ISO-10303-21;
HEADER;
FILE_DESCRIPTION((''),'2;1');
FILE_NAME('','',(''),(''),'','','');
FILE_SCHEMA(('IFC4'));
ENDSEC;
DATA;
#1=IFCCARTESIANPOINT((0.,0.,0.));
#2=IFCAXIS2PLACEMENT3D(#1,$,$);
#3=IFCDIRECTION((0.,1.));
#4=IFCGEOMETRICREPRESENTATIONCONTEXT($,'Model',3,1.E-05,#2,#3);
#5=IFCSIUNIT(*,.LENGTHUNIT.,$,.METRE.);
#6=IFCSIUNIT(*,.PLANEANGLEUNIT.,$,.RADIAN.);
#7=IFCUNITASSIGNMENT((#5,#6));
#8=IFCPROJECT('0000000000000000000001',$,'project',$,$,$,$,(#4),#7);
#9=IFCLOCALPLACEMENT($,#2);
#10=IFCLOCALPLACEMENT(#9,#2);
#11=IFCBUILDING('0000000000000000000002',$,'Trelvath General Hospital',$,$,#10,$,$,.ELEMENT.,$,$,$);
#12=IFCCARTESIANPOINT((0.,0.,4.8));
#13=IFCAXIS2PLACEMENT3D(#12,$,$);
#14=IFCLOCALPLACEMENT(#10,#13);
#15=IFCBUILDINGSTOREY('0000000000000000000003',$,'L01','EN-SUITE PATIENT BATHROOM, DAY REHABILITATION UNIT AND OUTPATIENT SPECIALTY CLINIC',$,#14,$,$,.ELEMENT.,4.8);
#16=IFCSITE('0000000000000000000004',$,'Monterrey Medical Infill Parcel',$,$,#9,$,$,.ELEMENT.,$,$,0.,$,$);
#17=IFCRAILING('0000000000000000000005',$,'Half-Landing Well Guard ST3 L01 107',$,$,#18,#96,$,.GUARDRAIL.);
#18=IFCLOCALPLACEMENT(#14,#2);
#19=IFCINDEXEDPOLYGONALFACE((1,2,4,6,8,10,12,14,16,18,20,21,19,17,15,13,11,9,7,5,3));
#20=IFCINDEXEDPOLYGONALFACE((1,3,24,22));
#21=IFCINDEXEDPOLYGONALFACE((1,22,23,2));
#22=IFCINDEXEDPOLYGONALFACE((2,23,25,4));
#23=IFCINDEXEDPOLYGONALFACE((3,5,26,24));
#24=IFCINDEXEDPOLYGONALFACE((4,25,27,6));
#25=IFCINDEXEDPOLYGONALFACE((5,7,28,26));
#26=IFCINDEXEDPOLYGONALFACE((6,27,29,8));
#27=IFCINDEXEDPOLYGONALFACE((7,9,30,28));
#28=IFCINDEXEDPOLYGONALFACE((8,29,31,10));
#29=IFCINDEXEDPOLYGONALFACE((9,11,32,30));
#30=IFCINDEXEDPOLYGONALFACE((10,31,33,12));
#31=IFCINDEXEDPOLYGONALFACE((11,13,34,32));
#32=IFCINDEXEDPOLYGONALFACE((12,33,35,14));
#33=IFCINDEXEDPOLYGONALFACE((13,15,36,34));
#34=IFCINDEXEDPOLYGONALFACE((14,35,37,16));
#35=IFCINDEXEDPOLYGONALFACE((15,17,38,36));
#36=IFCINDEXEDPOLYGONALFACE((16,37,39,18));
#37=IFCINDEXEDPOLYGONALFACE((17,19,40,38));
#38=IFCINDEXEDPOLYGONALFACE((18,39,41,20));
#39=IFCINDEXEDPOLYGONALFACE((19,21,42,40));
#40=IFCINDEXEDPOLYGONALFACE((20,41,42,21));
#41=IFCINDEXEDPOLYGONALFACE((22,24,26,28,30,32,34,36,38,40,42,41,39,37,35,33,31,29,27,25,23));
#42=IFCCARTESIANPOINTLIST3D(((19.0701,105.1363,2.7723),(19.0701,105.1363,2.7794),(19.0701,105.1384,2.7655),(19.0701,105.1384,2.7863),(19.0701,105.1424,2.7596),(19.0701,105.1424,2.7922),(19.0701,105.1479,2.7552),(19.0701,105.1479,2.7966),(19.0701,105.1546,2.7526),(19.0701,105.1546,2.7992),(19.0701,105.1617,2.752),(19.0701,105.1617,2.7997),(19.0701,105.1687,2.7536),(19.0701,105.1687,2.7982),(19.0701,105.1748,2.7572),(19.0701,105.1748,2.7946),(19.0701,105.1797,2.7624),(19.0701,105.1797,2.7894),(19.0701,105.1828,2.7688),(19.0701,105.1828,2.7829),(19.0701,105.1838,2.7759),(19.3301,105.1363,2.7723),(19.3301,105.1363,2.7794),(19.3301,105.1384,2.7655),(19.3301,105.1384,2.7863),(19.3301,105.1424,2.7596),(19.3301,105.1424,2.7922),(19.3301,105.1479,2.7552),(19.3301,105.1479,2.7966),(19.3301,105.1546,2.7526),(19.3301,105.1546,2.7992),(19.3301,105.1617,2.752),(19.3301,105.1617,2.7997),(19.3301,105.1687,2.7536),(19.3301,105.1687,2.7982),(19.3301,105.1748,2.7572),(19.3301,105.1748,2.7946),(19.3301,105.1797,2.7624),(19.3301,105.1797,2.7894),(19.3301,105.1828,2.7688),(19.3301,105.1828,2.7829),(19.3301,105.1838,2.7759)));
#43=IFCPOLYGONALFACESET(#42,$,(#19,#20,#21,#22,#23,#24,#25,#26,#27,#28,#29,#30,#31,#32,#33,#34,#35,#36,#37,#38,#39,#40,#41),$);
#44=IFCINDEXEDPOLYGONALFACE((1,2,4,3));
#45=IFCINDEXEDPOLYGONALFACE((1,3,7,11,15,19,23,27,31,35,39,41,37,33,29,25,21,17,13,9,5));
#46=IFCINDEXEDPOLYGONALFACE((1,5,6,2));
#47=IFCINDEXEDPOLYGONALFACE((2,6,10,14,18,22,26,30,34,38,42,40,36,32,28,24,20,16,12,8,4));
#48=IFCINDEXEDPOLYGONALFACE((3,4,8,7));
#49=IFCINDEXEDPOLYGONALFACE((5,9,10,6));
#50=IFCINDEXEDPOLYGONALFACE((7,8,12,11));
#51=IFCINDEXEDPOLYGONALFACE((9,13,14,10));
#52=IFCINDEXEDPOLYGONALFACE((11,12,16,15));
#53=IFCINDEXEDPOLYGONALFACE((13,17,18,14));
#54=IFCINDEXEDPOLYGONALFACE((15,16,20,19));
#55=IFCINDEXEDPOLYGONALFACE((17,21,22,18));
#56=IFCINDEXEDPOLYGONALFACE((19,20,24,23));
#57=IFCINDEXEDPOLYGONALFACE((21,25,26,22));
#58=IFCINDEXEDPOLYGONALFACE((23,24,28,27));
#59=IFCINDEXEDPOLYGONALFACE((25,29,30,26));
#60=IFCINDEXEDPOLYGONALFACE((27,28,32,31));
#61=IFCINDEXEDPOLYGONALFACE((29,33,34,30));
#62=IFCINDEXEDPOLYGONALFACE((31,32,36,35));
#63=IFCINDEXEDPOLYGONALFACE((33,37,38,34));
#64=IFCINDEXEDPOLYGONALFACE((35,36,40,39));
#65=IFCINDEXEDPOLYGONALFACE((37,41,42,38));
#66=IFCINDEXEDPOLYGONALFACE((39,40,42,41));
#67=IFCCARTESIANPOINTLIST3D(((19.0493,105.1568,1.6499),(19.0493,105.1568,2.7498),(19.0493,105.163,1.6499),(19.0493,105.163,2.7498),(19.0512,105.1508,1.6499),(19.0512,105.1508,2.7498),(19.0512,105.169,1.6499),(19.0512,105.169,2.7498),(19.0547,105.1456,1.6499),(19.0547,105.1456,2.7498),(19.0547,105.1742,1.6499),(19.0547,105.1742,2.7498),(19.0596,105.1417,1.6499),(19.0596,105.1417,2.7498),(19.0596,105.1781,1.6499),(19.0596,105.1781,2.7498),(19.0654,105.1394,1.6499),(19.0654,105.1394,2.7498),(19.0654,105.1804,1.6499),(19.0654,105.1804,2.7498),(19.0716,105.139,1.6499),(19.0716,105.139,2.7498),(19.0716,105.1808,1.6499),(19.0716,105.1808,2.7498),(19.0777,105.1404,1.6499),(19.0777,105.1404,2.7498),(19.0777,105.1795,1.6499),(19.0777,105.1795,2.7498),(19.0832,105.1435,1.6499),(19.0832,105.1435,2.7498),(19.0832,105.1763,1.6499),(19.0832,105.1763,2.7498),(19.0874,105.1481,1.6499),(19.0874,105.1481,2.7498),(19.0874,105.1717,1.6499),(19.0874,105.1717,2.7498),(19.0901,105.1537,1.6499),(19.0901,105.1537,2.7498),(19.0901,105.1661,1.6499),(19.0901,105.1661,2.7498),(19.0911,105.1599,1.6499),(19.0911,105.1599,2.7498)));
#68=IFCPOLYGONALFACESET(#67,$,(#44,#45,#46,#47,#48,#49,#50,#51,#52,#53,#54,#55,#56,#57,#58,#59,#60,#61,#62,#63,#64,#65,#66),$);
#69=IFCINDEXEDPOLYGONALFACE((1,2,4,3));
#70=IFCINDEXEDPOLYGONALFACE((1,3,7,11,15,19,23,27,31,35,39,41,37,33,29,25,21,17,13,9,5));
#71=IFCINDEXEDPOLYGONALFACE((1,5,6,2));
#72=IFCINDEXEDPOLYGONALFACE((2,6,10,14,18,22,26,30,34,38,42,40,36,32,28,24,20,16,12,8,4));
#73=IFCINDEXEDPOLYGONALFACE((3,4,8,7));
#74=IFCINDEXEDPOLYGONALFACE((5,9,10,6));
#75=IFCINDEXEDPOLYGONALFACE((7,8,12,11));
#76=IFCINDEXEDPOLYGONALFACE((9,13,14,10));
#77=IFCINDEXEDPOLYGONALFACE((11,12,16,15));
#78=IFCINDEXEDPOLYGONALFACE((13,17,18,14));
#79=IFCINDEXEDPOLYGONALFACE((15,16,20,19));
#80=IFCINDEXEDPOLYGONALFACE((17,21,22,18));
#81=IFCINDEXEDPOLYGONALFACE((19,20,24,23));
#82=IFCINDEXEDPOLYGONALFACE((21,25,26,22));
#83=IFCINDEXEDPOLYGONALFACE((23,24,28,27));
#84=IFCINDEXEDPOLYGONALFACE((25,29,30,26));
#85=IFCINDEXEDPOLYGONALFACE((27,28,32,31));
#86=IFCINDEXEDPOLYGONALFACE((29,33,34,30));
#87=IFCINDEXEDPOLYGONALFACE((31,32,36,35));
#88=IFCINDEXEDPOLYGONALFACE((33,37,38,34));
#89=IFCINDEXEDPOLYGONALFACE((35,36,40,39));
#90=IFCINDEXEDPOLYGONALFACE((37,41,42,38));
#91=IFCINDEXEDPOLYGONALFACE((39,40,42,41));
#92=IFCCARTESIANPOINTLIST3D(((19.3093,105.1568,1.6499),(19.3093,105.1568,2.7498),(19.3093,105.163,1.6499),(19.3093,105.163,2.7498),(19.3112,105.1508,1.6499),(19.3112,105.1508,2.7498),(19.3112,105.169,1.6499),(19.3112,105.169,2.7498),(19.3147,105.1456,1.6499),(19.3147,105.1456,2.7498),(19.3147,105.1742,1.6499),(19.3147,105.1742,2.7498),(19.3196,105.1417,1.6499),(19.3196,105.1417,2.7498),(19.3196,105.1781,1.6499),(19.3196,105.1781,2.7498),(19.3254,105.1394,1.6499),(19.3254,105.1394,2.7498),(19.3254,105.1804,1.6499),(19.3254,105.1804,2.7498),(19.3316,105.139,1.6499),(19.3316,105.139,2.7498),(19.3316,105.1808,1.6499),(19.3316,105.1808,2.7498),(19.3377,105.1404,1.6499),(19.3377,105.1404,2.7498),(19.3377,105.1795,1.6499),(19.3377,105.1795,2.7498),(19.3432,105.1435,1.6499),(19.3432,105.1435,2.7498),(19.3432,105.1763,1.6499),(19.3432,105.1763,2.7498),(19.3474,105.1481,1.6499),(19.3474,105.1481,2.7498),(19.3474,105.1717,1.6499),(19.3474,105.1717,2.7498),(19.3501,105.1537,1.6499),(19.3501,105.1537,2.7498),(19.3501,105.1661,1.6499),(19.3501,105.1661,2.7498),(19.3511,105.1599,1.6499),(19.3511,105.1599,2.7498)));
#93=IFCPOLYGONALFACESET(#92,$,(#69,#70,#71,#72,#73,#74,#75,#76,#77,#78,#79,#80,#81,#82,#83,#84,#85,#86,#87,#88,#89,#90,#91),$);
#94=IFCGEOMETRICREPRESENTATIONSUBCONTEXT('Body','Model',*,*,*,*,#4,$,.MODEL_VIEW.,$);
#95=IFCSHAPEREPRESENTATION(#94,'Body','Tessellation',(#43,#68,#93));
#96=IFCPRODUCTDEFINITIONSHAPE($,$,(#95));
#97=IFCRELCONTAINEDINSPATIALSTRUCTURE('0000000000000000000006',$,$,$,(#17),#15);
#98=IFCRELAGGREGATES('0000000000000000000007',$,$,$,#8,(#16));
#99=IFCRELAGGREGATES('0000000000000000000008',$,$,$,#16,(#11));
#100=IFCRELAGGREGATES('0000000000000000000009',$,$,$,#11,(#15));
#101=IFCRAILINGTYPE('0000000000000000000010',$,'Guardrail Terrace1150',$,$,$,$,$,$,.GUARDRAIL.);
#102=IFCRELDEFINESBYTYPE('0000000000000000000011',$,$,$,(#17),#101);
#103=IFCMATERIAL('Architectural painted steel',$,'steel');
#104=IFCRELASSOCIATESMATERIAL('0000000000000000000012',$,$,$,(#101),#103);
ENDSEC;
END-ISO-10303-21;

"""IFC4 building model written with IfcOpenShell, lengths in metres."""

from ifc_helpers import new_model, si_unit, direction, frame, origin, origin_2d, place, context, subcontext, project, spatial, circle, extrude, material, type_object, element, save


model = new_model("IFC4")

# Units and contexts
model_context = context("Model", 3, precision=1e-05, world=origin(), true_north=direction((0.0, 1.0)))
body_context = subcontext(model_context, "Body", "Model", "MODEL_VIEW")
ifc_project = project(units=[si_unit("LENGTHUNIT", "METRE"), si_unit("PLANEANGLEUNIT", "RADIAN")], contexts=[model_context])

# Site, building, storey
site_placement = place(None, origin())
site = spatial("IfcSite", under=ifc_project, at=site_placement, Name="Monterrey Medical Infill Parcel", CompositionType="ELEMENT", RefElevation=0.0)
building_placement = place(site_placement, origin())
building = spatial("IfcBuilding", under=site, at=building_placement, Name="Trelvath General Hospital", CompositionType="ELEMENT")
storey_placement = place(building_placement, frame((0.0, 0.0, 4.8)))
storey = spatial("IfcBuildingStorey", under=building, at=storey_placement, Name="L01", Description="EN-SUITE PATIENT BATHROOM, DAY REHABILITATION UNIT AND OUTPATIENT SPECIALTY CLINIC", CompositionType="ELEMENT", Elevation=4.8)

# Railing
ifc_material_1 = material(Name="Architectural painted steel", Category="steel")
railing_type_1 = type_object("IfcRailingType", Name="Guardrail Terrace1150", PredefinedType="GUARDRAIL", material=ifc_material_1)
railing_1_placement = place(storey_placement, frame((19.0701, 105.1599, 1.6499)))
element("IfcRailing", 1, at=railing_1_placement, inside=storey, type_object=railing_type_1, Name="Half-Landing Well Guard ST3 L01 107", PredefinedType="GUARDRAIL", context=body_context, shape_type="SweptSolid", body=[
    extrude(circle(Radius=0.0239, at=origin_2d()), frame((0.0, 0.0, 1.126), z_axis=(1.0, 0.0, 0.0), x_axis=(0.0, 1.0, 0.0)), (0.0, 0.0, 1.0), 0.26),
    extrude(circle(Radius=0.021, at=origin_2d()), origin(), (0.0, 0.0, 1.0), 1.0999),
    extrude(circle(Radius=0.021, at=origin_2d()), frame((0.26, 0.0, 0.0)), (0.0, 0.0, 1.0), 1.0999),
])

save(model, "model.ifc")
